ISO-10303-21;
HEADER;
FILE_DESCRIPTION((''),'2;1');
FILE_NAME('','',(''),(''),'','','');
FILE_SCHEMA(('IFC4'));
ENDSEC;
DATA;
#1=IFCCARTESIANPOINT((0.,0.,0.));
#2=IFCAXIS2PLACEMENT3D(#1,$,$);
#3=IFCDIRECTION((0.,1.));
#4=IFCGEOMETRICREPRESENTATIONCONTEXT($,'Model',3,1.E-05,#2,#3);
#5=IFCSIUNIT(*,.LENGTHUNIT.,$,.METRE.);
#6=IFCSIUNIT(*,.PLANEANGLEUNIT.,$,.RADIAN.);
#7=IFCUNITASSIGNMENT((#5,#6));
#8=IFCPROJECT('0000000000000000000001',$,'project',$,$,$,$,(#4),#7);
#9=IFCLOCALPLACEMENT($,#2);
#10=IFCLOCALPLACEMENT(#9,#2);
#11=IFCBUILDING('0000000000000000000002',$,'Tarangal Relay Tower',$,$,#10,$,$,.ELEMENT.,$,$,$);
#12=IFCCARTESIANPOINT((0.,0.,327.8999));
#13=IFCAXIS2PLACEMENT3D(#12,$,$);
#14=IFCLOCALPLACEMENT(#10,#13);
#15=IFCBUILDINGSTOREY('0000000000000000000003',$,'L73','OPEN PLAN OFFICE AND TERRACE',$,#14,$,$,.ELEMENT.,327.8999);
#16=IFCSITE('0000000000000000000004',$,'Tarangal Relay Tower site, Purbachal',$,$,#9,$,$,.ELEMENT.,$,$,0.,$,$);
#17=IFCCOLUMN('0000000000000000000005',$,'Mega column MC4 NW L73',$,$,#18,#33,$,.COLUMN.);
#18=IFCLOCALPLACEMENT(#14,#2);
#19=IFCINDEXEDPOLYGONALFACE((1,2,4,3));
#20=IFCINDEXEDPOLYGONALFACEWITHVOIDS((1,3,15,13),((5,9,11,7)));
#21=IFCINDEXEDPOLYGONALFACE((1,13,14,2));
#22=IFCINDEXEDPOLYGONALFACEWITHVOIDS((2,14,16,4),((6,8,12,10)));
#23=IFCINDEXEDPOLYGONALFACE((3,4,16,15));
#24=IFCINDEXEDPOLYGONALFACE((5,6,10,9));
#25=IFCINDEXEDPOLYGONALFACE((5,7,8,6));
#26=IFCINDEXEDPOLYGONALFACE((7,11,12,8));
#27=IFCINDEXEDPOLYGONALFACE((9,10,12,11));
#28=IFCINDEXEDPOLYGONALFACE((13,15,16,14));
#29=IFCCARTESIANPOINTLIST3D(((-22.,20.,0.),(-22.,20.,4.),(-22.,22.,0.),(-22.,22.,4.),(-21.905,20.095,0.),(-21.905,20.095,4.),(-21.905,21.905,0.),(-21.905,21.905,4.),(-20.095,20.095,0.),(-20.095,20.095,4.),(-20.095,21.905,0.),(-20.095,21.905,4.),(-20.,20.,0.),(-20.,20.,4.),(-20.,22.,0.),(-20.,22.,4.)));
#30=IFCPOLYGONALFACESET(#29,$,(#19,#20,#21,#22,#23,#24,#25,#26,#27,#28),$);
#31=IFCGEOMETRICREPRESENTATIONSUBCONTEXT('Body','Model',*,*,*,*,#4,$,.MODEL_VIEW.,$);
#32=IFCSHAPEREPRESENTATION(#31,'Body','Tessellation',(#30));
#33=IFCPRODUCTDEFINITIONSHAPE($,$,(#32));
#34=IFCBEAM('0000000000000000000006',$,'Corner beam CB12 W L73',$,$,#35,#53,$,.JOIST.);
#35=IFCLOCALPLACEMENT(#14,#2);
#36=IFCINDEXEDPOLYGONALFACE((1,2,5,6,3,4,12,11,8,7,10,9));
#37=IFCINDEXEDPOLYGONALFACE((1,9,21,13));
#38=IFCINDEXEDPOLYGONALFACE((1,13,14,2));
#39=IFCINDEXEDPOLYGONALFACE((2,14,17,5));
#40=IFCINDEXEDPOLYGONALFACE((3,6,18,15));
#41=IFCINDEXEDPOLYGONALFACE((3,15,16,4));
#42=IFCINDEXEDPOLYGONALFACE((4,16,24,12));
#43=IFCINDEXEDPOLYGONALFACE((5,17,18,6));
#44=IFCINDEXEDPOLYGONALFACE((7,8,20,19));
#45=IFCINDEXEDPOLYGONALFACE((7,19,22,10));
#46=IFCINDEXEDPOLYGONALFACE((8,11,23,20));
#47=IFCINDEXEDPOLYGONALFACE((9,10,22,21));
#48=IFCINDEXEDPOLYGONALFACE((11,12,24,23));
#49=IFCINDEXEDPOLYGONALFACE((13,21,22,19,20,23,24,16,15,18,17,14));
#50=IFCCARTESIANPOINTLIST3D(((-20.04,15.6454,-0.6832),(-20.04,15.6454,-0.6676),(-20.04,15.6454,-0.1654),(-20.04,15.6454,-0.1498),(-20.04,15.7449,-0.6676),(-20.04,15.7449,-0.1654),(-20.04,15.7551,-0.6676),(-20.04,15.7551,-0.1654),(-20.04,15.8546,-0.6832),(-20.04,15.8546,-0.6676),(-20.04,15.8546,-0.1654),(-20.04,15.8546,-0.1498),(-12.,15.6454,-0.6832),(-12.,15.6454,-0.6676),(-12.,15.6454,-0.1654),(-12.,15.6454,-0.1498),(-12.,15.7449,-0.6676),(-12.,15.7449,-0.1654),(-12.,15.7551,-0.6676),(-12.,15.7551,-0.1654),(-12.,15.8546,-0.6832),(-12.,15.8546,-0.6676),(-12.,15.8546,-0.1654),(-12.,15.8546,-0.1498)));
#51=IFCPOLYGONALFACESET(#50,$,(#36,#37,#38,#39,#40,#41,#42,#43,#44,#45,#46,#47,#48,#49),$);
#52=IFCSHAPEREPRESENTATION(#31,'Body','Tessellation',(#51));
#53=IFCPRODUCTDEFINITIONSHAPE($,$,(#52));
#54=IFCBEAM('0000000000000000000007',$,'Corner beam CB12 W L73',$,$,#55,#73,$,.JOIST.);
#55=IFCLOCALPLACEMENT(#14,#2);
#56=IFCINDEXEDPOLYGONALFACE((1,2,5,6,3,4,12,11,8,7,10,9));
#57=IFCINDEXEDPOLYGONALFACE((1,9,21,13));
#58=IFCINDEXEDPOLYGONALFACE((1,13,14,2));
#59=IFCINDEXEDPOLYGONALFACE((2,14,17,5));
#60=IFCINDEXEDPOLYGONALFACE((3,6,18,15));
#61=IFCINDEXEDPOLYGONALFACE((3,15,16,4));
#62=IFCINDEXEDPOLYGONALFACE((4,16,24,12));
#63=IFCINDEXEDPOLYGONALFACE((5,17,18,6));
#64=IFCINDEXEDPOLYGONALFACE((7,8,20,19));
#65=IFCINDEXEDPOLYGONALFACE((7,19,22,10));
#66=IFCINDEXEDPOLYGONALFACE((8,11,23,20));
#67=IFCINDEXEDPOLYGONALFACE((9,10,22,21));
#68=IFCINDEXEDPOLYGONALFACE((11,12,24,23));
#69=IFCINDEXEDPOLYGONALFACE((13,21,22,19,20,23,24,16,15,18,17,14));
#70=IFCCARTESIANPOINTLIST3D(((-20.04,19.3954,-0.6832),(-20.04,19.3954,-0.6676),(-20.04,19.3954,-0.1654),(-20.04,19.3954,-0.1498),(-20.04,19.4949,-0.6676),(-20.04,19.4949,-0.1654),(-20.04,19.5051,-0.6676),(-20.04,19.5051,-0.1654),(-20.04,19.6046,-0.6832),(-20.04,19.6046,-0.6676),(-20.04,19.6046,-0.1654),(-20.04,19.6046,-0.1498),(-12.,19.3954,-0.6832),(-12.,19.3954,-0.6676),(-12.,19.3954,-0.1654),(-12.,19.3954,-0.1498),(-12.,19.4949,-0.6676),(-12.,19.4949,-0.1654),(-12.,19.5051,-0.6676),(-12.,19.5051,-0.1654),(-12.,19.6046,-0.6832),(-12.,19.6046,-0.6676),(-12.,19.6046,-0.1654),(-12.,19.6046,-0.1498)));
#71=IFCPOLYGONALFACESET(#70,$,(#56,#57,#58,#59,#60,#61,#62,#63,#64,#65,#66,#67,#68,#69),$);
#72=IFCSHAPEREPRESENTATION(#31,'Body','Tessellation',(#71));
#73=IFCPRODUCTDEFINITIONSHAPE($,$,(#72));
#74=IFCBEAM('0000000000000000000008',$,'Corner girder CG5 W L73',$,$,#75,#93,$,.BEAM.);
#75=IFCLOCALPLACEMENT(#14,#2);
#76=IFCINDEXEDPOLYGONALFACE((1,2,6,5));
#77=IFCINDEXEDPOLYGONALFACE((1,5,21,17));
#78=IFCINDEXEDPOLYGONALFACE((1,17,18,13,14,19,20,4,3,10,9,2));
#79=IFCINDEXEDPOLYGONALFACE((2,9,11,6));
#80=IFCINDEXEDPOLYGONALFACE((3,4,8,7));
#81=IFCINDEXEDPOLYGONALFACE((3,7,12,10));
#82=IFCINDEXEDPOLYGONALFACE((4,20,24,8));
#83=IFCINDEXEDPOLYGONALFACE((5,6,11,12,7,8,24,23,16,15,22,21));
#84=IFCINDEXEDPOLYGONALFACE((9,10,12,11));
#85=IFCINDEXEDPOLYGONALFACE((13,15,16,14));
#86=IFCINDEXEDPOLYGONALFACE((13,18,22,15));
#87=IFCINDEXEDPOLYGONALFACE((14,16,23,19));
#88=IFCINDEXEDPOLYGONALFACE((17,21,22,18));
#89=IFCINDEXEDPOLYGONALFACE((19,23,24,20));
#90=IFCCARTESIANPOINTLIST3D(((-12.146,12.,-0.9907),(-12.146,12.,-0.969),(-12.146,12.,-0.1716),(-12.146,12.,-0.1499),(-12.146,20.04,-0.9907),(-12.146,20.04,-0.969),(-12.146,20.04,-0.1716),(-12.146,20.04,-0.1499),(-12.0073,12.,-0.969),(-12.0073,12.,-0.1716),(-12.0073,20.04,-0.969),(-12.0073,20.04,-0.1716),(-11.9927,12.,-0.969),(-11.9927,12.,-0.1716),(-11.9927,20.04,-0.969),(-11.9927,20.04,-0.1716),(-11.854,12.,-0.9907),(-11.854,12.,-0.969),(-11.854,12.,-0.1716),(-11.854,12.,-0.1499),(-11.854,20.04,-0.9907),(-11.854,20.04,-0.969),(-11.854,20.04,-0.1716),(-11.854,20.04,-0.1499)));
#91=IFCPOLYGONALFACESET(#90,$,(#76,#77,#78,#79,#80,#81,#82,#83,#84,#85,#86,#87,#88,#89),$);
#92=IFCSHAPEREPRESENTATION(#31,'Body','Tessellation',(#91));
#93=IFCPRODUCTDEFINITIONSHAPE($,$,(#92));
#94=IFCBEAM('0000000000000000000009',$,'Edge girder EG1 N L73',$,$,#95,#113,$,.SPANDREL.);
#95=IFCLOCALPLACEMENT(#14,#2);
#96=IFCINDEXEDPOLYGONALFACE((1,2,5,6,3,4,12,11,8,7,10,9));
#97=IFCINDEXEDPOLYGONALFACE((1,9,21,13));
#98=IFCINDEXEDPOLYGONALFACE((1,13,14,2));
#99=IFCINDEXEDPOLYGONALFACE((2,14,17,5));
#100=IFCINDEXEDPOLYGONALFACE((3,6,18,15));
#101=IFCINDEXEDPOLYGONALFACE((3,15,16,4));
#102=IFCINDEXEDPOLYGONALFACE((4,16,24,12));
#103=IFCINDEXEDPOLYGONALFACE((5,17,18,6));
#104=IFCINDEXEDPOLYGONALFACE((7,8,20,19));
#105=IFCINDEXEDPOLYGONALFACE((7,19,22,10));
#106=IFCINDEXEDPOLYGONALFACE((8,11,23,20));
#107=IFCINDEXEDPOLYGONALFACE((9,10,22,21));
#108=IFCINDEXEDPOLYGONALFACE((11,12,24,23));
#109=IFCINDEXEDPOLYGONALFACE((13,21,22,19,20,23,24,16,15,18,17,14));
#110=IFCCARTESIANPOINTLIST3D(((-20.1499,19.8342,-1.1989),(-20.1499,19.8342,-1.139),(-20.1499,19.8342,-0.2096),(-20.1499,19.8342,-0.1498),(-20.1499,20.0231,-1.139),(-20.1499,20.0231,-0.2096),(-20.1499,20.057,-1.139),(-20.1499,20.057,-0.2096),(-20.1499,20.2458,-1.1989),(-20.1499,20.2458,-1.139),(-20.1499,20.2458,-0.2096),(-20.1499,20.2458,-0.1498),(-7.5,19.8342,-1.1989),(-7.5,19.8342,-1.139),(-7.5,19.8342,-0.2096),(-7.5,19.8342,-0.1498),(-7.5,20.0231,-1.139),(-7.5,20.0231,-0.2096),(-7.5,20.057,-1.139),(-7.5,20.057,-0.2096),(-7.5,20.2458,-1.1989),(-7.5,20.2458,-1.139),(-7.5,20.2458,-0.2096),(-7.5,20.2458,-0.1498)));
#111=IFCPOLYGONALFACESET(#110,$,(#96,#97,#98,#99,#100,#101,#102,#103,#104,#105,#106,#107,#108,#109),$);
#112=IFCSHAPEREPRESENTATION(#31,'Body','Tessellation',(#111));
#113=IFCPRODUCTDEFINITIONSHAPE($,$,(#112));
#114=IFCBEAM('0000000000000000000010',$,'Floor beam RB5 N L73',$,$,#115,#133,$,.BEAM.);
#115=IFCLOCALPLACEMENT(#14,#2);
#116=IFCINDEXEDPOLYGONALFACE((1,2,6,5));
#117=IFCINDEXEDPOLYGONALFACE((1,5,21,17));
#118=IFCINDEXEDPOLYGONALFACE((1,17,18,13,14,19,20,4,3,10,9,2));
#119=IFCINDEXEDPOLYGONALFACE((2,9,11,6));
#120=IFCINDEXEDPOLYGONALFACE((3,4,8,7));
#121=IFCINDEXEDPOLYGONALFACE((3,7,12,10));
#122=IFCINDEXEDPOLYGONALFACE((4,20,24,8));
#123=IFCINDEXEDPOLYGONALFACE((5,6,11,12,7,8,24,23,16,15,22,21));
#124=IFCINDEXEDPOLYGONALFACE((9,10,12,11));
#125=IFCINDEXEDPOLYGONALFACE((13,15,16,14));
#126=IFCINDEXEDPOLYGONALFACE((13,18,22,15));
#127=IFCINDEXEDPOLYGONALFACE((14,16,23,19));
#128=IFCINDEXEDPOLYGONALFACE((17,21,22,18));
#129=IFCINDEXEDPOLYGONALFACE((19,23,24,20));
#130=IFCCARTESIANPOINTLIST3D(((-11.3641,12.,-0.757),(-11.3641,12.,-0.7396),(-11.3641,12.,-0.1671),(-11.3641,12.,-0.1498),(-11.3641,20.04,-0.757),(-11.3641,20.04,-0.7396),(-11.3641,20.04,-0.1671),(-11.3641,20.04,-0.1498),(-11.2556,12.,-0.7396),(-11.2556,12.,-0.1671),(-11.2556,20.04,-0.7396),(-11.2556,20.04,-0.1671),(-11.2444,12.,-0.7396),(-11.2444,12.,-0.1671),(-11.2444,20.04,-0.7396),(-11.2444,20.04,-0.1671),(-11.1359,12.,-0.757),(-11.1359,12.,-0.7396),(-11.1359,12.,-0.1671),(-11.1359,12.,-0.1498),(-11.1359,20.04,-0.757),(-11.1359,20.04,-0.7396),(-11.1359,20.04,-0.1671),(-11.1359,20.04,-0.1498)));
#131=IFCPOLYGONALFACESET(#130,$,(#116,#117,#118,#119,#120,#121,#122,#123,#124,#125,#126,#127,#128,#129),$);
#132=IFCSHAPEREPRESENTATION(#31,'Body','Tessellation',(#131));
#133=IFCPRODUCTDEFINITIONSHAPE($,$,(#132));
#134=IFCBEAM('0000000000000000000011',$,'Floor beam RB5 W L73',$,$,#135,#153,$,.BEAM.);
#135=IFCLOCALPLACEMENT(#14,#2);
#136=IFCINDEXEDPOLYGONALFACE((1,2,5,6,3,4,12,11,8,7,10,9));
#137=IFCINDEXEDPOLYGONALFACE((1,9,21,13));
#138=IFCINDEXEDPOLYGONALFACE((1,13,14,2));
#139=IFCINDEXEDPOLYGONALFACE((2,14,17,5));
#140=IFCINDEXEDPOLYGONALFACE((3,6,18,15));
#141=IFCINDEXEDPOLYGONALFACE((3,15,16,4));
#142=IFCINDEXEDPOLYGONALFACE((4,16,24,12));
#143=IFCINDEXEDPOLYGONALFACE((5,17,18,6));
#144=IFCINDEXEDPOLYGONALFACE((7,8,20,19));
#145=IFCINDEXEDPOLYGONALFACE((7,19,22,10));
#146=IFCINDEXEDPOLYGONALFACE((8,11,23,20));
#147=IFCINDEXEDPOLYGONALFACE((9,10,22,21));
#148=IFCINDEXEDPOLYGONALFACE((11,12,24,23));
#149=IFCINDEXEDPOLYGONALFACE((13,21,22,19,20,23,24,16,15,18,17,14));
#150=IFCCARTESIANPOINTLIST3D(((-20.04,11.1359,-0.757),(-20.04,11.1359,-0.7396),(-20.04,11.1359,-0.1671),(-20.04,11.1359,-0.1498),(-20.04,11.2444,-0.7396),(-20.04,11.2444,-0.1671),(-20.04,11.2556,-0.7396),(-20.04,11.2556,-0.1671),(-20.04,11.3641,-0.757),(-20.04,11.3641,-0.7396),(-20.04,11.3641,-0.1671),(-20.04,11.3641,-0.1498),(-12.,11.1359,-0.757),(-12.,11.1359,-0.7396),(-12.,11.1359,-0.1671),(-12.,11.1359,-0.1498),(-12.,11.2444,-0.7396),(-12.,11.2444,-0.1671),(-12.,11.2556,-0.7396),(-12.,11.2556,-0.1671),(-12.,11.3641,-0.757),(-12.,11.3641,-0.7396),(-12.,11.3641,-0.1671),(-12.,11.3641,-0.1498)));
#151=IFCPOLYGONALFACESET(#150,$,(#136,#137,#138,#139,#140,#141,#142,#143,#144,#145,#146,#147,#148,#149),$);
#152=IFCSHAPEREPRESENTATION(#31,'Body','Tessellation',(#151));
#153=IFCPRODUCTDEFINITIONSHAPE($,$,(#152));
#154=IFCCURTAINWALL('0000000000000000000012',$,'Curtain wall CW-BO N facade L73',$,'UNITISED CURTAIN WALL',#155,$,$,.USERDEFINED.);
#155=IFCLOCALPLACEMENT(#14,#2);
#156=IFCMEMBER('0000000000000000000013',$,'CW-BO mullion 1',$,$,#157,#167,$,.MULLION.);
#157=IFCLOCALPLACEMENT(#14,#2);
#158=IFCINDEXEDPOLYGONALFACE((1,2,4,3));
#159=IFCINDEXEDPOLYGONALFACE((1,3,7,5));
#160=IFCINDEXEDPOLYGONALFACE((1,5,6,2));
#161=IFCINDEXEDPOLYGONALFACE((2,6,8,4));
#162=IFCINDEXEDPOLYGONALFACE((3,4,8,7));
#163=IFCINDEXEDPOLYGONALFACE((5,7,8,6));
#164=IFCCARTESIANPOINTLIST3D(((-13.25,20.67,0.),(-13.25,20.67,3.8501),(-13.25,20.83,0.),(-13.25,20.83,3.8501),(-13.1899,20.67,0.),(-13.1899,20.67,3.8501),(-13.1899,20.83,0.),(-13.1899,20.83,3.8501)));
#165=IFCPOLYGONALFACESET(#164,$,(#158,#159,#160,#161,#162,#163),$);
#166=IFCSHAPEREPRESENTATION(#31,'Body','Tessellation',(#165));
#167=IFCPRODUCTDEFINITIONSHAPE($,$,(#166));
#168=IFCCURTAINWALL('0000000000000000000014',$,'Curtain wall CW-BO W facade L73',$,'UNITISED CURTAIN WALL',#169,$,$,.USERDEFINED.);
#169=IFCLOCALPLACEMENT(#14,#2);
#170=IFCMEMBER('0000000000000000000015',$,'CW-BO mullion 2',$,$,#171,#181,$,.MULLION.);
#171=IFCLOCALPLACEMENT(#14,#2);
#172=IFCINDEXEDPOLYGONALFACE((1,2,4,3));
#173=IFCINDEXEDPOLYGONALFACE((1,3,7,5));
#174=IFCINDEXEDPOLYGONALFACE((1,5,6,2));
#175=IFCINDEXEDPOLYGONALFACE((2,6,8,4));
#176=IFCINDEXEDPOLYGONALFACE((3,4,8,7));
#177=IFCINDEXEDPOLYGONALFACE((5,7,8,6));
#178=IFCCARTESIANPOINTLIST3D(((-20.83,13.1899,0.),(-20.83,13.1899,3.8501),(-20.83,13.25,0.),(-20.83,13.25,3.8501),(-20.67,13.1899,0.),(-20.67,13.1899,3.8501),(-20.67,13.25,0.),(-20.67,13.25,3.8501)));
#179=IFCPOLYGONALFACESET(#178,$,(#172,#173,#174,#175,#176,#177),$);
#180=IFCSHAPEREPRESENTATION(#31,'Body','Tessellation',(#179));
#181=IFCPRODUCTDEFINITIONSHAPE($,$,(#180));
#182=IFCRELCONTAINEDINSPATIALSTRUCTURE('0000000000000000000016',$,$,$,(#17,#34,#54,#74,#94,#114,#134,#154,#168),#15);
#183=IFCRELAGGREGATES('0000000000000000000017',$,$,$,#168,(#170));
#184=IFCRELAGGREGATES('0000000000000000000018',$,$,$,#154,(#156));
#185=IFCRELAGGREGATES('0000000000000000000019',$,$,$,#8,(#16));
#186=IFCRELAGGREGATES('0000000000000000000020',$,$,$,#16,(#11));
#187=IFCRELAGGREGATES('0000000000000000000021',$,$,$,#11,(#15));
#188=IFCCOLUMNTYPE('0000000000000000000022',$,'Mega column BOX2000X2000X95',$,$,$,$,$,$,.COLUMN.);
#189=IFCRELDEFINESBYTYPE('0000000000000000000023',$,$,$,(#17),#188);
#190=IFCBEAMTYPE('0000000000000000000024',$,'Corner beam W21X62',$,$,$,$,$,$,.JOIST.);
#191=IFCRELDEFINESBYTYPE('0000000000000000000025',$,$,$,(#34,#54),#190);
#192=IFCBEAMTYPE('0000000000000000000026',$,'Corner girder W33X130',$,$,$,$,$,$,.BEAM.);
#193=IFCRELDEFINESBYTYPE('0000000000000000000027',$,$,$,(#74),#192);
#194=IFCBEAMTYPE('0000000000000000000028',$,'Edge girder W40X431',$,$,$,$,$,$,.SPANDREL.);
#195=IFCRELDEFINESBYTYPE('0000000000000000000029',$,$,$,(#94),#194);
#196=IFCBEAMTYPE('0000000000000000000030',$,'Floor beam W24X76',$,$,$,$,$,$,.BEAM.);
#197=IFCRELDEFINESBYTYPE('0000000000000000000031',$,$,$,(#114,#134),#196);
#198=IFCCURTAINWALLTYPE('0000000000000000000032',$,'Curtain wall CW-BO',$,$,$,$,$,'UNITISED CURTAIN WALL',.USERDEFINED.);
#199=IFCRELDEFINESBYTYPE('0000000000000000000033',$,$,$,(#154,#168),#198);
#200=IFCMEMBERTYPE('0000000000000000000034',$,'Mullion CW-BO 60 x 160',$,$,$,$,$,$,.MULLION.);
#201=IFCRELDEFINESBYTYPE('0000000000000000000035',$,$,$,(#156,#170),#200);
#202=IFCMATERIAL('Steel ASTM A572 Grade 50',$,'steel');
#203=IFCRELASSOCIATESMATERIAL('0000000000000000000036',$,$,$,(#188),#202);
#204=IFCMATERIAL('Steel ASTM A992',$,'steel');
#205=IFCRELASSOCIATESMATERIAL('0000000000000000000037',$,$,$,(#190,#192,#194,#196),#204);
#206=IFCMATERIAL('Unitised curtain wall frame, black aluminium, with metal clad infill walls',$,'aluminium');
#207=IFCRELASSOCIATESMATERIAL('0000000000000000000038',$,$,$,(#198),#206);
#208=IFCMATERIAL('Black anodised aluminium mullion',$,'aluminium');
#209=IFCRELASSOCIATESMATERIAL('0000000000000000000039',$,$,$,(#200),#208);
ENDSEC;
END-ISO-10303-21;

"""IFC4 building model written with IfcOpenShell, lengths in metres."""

from ifc_helpers import new_model, si_unit, direction, frame, origin, origin_2d, place, context, subcontext, project, spatial, rectangle, hollow_rectangle, i_section, extrude, material, material_profile, profile_set, type_object, element, aggregate, save


model = new_model("IFC4")

# Units and contexts
model_context = context("Model", 3, precision=1e-05, world=origin(), true_north=direction((0.0, 1.0)))
body_context = subcontext(model_context, "Body", "Model", "MODEL_VIEW")
ifc_project = project(units=[si_unit("LENGTHUNIT", "METRE"), si_unit("PLANEANGLEUNIT", "RADIAN")], contexts=[model_context])

# Site, building, storey
site_placement = place(None, origin())
site = spatial("IfcSite", under=ifc_project, at=site_placement, Name="Tarangal Relay Tower site, Purbachal", CompositionType="ELEMENT", RefElevation=0.0)
building_placement = place(site_placement, origin())
building = spatial("IfcBuilding", under=site, at=building_placement, Name="Tarangal Relay Tower", CompositionType="ELEMENT")
storey_placement = place(building_placement, frame((0.0, 0.0, 327.8999)))
storey = spatial("IfcBuildingStorey", under=building, at=storey_placement, Name="L73", Description="OPEN PLAN OFFICE AND TERRACE", CompositionType="ELEMENT", Elevation=327.8999)

# Column
ifc_material_1 = material(Name="Steel ASTM A572 Grade 50", Category="steel")
ifc_material_profile_1 = material_profile(ifc_material_1, hollow_rectangle(XDim=2.0, YDim=2.0, WallThickness=0.095, at=origin_2d()), Name="BOX2000X2000X95")
ifc_profile_set_1 = profile_set([ifc_material_profile_1], Name="Steel ASTM A572 Grade 50")
column_type = type_object("IfcColumnType", Name="Mega column BOX2000X2000X95", PredefinedType="COLUMN", material=ifc_profile_set_1)
column_placement = place(storey_placement, frame((-21.0, 21.0, 0.0), z_axis=(0.0, 0.0, 1.0), x_axis=(1.0, 0.0, 0.0)))
element("IfcColumn", 1, at=column_placement, inside=storey, type_object=column_type, Name="Mega column MC4 NW L73", PredefinedType="COLUMN", context=body_context, shape_type="SweptSolid", body=[
    extrude(hollow_rectangle(XDim=2.0, YDim=2.0, WallThickness=0.095, at=origin_2d()), origin(), (0.0, 0.0, 1.0), 4.0),
])

# Beams
ifc_material_2 = material(Name="Steel ASTM A992", Category="steel")
ifc_material_profile_2 = material_profile(ifc_material_2, i_section(OverallWidth=0.2092, OverallDepth=0.5334, WebThickness=0.0103, FlangeThickness=0.0156, at=origin_2d()), Name="W21X62")
ifc_profile_set_2 = profile_set([ifc_material_profile_2], Name="Steel ASTM A992")
beam_type_1 = type_object("IfcBeamType", Name="Corner beam W21X62", PredefinedType="JOIST", material=ifc_profile_set_2)
for number, where, z_axis, x_axis, name in (
    (2, (-12.0, 15.75, -0.4165), (-1.0, 0.0, 0.0), (0.0, -1.0, 0.0), "Corner beam CB12 W L73"),
    (3, (-12.0, 19.5, -0.4165), (-1.0, 0.0, 0.0), (0.0, -1.0, 0.0), "Corner beam CB12 W L73"),
):
    element("IfcBeam", number, at=place(storey_placement, frame(where, z_axis=z_axis, x_axis=x_axis)), inside=storey, type_object=beam_type_1, Name=name, PredefinedType="JOIST", context=body_context, shape_type="SweptSolid", body=[
        extrude(i_section(OverallWidth=0.2092, OverallDepth=0.5334, WebThickness=0.0103, FlangeThickness=0.0156, at=origin_2d()), origin(), (0.0, 0.0, 1.0), 8.04),
    ])
ifc_material_profile_3 = material_profile(ifc_material_2, i_section(OverallWidth=0.292, OverallDepth=0.8408, WebThickness=0.0146, FlangeThickness=0.0217, at=origin_2d()), Name="W33X130")
ifc_profile_set_3 = profile_set([ifc_material_profile_3], Name="Steel ASTM A992")
beam_type_2 = type_object("IfcBeamType", Name="Corner girder W33X130", PredefinedType="BEAM", material=ifc_profile_set_3)
beam_1_placement = place(storey_placement, frame((-12.0, 12.0, -0.5703), z_axis=(0.0, 1.0, 0.0), x_axis=(-1.0, 0.0, 0.0)))
element("IfcBeam", 4, at=beam_1_placement, inside=storey, type_object=beam_type_2, Name="Corner girder CG5 W L73", PredefinedType="BEAM", context=body_context, shape_type="SweptSolid", body=[
    extrude(i_section(OverallWidth=0.292, OverallDepth=0.8408, WebThickness=0.0146, FlangeThickness=0.0217, at=origin_2d()), origin(), (0.0, 0.0, 1.0), 8.04),
])
ifc_material_profile_4 = material_profile(ifc_material_2, i_section(OverallWidth=0.4116, OverallDepth=1.0491, WebThickness=0.0339, FlangeThickness=0.0598, at=origin_2d()), Name="W40X431")
ifc_profile_set_4 = profile_set([ifc_material_profile_4], Name="Steel ASTM A992")
beam_type_3 = type_object("IfcBeamType", Name="Edge girder W40X431", PredefinedType="SPANDREL", material=ifc_profile_set_4)
beam_2_placement = place(storey_placement, frame((-20.1499, 20.04, -0.6743), z_axis=(1.0, 0.0, 0.0), x_axis=(0.0, 1.0, 0.0)))
element("IfcBeam", 5, at=beam_2_placement, inside=storey, type_object=beam_type_3, Name="Edge girder EG1 N L73", PredefinedType="SPANDREL", context=body_context, shape_type="SweptSolid", body=[
    extrude(i_section(OverallWidth=0.4116, OverallDepth=1.0491, WebThickness=0.0339, FlangeThickness=0.0598, at=origin_2d()), origin(), (0.0, 0.0, 1.0), 12.6499),
])
ifc_material_profile_5 = material_profile(ifc_material_2, i_section(OverallWidth=0.2283, OverallDepth=0.6072, WebThickness=0.0112, FlangeThickness=0.0173, at=origin_2d()), Name="W24X76")
ifc_profile_set_5 = profile_set([ifc_material_profile_5], Name="Steel ASTM A992")
beam_type_4 = type_object("IfcBeamType", Name="Floor beam W24X76", PredefinedType="BEAM", material=ifc_profile_set_5)
for number, where, z_axis, x_axis, name in (
    (6, (-11.25, 12.0, -0.4534), (0.0, 1.0, 0.0), (-1.0, 0.0, 0.0), "Floor beam RB5 N L73"),
    (7, (-12.0, 11.25, -0.4534), (-1.0, 0.0, 0.0), (0.0, -1.0, 0.0), "Floor beam RB5 W L73"),
):
    element("IfcBeam", number, at=place(storey_placement, frame(where, z_axis=z_axis, x_axis=x_axis)), inside=storey, type_object=beam_type_4, Name=name, PredefinedType="BEAM", context=body_context, shape_type="SweptSolid", body=[
        extrude(i_section(OverallWidth=0.2283, OverallDepth=0.6072, WebThickness=0.0112, FlangeThickness=0.0173, at=origin_2d()), origin(), (0.0, 0.0, 1.0), 8.04),
    ])

# Curtain walls, members
ifc_material_3 = material(Name="Unitised curtain wall frame, black aluminium, with metal clad infill walls", Category="aluminium")
curtain_wall_type = type_object("IfcCurtainWallType", Name="Curtain wall CW-BO", ElementType="UNITISED CURTAIN WALL", PredefinedType="USERDEFINED", material=ifc_material_3)
curtain_wall_1_placement = place(storey_placement, origin())
curtain_wall_1 = element("IfcCurtainWall", 8, at=curtain_wall_1_placement, inside=storey, type_object=curtain_wall_type, Name="Curtain wall CW-BO N facade L73", ObjectType="UNITISED CURTAIN WALL", PredefinedType="USERDEFINED")
ifc_material_4 = material(Name="Black anodised aluminium mullion", Category="aluminium")
ifc_material_profile_6 = material_profile(ifc_material_4, rectangle(XDim=0.1599, YDim=0.0601, at=origin_2d()), Name="CW-BOM 60X160")
ifc_profile_set_6 = profile_set([ifc_material_profile_6], Name="Black anodised aluminium mullion")
member_type_1 = type_object("IfcMemberType", Name="Mullion CW-BO 60 x 160", PredefinedType="MULLION", material=ifc_profile_set_6)
member_1_placement = place(storey_placement, frame((-13.22, 20.75, 0.0), z_axis=(0.0, 0.0, 1.0), x_axis=(0.0, 1.0, 0.0)))
member_1 = element("IfcMember", 9, at=member_1_placement, type_object=member_type_1, Name="CW-BO mullion 1", PredefinedType="MULLION", context=body_context, shape_type="SweptSolid", body=[
    extrude(rectangle(XDim=0.1599, YDim=0.0601, at=origin_2d()), origin(), (0.0, 0.0, 1.0), 3.8501),
])
curtain_wall_2_placement = place(storey_placement, origin())
curtain_wall_2 = element("IfcCurtainWall", 10, at=curtain_wall_2_placement, inside=storey, type_object=curtain_wall_type, Name="Curtain wall CW-BO W facade L73", ObjectType="UNITISED CURTAIN WALL", PredefinedType="USERDEFINED")
member_2_placement = place(storey_placement, frame((-20.75, 13.22, 0.0), z_axis=(0.0, 0.0, 1.0), x_axis=(-1.0, 0.0, 0.0)))
member_2 = element("IfcMember", 11, at=member_2_placement, type_object=member_type_1, Name="CW-BO mullion 2", PredefinedType="MULLION", context=body_context, shape_type="SweptSolid", body=[
    extrude(rectangle(XDim=0.1599, YDim=0.0601, at=origin_2d()), origin(), (0.0, 0.0, 1.0), 3.8501),
])
aggregate(curtain_wall_2, [member_2])

aggregate(curtain_wall_1, [member_1])

save(model, "model.ifc")
